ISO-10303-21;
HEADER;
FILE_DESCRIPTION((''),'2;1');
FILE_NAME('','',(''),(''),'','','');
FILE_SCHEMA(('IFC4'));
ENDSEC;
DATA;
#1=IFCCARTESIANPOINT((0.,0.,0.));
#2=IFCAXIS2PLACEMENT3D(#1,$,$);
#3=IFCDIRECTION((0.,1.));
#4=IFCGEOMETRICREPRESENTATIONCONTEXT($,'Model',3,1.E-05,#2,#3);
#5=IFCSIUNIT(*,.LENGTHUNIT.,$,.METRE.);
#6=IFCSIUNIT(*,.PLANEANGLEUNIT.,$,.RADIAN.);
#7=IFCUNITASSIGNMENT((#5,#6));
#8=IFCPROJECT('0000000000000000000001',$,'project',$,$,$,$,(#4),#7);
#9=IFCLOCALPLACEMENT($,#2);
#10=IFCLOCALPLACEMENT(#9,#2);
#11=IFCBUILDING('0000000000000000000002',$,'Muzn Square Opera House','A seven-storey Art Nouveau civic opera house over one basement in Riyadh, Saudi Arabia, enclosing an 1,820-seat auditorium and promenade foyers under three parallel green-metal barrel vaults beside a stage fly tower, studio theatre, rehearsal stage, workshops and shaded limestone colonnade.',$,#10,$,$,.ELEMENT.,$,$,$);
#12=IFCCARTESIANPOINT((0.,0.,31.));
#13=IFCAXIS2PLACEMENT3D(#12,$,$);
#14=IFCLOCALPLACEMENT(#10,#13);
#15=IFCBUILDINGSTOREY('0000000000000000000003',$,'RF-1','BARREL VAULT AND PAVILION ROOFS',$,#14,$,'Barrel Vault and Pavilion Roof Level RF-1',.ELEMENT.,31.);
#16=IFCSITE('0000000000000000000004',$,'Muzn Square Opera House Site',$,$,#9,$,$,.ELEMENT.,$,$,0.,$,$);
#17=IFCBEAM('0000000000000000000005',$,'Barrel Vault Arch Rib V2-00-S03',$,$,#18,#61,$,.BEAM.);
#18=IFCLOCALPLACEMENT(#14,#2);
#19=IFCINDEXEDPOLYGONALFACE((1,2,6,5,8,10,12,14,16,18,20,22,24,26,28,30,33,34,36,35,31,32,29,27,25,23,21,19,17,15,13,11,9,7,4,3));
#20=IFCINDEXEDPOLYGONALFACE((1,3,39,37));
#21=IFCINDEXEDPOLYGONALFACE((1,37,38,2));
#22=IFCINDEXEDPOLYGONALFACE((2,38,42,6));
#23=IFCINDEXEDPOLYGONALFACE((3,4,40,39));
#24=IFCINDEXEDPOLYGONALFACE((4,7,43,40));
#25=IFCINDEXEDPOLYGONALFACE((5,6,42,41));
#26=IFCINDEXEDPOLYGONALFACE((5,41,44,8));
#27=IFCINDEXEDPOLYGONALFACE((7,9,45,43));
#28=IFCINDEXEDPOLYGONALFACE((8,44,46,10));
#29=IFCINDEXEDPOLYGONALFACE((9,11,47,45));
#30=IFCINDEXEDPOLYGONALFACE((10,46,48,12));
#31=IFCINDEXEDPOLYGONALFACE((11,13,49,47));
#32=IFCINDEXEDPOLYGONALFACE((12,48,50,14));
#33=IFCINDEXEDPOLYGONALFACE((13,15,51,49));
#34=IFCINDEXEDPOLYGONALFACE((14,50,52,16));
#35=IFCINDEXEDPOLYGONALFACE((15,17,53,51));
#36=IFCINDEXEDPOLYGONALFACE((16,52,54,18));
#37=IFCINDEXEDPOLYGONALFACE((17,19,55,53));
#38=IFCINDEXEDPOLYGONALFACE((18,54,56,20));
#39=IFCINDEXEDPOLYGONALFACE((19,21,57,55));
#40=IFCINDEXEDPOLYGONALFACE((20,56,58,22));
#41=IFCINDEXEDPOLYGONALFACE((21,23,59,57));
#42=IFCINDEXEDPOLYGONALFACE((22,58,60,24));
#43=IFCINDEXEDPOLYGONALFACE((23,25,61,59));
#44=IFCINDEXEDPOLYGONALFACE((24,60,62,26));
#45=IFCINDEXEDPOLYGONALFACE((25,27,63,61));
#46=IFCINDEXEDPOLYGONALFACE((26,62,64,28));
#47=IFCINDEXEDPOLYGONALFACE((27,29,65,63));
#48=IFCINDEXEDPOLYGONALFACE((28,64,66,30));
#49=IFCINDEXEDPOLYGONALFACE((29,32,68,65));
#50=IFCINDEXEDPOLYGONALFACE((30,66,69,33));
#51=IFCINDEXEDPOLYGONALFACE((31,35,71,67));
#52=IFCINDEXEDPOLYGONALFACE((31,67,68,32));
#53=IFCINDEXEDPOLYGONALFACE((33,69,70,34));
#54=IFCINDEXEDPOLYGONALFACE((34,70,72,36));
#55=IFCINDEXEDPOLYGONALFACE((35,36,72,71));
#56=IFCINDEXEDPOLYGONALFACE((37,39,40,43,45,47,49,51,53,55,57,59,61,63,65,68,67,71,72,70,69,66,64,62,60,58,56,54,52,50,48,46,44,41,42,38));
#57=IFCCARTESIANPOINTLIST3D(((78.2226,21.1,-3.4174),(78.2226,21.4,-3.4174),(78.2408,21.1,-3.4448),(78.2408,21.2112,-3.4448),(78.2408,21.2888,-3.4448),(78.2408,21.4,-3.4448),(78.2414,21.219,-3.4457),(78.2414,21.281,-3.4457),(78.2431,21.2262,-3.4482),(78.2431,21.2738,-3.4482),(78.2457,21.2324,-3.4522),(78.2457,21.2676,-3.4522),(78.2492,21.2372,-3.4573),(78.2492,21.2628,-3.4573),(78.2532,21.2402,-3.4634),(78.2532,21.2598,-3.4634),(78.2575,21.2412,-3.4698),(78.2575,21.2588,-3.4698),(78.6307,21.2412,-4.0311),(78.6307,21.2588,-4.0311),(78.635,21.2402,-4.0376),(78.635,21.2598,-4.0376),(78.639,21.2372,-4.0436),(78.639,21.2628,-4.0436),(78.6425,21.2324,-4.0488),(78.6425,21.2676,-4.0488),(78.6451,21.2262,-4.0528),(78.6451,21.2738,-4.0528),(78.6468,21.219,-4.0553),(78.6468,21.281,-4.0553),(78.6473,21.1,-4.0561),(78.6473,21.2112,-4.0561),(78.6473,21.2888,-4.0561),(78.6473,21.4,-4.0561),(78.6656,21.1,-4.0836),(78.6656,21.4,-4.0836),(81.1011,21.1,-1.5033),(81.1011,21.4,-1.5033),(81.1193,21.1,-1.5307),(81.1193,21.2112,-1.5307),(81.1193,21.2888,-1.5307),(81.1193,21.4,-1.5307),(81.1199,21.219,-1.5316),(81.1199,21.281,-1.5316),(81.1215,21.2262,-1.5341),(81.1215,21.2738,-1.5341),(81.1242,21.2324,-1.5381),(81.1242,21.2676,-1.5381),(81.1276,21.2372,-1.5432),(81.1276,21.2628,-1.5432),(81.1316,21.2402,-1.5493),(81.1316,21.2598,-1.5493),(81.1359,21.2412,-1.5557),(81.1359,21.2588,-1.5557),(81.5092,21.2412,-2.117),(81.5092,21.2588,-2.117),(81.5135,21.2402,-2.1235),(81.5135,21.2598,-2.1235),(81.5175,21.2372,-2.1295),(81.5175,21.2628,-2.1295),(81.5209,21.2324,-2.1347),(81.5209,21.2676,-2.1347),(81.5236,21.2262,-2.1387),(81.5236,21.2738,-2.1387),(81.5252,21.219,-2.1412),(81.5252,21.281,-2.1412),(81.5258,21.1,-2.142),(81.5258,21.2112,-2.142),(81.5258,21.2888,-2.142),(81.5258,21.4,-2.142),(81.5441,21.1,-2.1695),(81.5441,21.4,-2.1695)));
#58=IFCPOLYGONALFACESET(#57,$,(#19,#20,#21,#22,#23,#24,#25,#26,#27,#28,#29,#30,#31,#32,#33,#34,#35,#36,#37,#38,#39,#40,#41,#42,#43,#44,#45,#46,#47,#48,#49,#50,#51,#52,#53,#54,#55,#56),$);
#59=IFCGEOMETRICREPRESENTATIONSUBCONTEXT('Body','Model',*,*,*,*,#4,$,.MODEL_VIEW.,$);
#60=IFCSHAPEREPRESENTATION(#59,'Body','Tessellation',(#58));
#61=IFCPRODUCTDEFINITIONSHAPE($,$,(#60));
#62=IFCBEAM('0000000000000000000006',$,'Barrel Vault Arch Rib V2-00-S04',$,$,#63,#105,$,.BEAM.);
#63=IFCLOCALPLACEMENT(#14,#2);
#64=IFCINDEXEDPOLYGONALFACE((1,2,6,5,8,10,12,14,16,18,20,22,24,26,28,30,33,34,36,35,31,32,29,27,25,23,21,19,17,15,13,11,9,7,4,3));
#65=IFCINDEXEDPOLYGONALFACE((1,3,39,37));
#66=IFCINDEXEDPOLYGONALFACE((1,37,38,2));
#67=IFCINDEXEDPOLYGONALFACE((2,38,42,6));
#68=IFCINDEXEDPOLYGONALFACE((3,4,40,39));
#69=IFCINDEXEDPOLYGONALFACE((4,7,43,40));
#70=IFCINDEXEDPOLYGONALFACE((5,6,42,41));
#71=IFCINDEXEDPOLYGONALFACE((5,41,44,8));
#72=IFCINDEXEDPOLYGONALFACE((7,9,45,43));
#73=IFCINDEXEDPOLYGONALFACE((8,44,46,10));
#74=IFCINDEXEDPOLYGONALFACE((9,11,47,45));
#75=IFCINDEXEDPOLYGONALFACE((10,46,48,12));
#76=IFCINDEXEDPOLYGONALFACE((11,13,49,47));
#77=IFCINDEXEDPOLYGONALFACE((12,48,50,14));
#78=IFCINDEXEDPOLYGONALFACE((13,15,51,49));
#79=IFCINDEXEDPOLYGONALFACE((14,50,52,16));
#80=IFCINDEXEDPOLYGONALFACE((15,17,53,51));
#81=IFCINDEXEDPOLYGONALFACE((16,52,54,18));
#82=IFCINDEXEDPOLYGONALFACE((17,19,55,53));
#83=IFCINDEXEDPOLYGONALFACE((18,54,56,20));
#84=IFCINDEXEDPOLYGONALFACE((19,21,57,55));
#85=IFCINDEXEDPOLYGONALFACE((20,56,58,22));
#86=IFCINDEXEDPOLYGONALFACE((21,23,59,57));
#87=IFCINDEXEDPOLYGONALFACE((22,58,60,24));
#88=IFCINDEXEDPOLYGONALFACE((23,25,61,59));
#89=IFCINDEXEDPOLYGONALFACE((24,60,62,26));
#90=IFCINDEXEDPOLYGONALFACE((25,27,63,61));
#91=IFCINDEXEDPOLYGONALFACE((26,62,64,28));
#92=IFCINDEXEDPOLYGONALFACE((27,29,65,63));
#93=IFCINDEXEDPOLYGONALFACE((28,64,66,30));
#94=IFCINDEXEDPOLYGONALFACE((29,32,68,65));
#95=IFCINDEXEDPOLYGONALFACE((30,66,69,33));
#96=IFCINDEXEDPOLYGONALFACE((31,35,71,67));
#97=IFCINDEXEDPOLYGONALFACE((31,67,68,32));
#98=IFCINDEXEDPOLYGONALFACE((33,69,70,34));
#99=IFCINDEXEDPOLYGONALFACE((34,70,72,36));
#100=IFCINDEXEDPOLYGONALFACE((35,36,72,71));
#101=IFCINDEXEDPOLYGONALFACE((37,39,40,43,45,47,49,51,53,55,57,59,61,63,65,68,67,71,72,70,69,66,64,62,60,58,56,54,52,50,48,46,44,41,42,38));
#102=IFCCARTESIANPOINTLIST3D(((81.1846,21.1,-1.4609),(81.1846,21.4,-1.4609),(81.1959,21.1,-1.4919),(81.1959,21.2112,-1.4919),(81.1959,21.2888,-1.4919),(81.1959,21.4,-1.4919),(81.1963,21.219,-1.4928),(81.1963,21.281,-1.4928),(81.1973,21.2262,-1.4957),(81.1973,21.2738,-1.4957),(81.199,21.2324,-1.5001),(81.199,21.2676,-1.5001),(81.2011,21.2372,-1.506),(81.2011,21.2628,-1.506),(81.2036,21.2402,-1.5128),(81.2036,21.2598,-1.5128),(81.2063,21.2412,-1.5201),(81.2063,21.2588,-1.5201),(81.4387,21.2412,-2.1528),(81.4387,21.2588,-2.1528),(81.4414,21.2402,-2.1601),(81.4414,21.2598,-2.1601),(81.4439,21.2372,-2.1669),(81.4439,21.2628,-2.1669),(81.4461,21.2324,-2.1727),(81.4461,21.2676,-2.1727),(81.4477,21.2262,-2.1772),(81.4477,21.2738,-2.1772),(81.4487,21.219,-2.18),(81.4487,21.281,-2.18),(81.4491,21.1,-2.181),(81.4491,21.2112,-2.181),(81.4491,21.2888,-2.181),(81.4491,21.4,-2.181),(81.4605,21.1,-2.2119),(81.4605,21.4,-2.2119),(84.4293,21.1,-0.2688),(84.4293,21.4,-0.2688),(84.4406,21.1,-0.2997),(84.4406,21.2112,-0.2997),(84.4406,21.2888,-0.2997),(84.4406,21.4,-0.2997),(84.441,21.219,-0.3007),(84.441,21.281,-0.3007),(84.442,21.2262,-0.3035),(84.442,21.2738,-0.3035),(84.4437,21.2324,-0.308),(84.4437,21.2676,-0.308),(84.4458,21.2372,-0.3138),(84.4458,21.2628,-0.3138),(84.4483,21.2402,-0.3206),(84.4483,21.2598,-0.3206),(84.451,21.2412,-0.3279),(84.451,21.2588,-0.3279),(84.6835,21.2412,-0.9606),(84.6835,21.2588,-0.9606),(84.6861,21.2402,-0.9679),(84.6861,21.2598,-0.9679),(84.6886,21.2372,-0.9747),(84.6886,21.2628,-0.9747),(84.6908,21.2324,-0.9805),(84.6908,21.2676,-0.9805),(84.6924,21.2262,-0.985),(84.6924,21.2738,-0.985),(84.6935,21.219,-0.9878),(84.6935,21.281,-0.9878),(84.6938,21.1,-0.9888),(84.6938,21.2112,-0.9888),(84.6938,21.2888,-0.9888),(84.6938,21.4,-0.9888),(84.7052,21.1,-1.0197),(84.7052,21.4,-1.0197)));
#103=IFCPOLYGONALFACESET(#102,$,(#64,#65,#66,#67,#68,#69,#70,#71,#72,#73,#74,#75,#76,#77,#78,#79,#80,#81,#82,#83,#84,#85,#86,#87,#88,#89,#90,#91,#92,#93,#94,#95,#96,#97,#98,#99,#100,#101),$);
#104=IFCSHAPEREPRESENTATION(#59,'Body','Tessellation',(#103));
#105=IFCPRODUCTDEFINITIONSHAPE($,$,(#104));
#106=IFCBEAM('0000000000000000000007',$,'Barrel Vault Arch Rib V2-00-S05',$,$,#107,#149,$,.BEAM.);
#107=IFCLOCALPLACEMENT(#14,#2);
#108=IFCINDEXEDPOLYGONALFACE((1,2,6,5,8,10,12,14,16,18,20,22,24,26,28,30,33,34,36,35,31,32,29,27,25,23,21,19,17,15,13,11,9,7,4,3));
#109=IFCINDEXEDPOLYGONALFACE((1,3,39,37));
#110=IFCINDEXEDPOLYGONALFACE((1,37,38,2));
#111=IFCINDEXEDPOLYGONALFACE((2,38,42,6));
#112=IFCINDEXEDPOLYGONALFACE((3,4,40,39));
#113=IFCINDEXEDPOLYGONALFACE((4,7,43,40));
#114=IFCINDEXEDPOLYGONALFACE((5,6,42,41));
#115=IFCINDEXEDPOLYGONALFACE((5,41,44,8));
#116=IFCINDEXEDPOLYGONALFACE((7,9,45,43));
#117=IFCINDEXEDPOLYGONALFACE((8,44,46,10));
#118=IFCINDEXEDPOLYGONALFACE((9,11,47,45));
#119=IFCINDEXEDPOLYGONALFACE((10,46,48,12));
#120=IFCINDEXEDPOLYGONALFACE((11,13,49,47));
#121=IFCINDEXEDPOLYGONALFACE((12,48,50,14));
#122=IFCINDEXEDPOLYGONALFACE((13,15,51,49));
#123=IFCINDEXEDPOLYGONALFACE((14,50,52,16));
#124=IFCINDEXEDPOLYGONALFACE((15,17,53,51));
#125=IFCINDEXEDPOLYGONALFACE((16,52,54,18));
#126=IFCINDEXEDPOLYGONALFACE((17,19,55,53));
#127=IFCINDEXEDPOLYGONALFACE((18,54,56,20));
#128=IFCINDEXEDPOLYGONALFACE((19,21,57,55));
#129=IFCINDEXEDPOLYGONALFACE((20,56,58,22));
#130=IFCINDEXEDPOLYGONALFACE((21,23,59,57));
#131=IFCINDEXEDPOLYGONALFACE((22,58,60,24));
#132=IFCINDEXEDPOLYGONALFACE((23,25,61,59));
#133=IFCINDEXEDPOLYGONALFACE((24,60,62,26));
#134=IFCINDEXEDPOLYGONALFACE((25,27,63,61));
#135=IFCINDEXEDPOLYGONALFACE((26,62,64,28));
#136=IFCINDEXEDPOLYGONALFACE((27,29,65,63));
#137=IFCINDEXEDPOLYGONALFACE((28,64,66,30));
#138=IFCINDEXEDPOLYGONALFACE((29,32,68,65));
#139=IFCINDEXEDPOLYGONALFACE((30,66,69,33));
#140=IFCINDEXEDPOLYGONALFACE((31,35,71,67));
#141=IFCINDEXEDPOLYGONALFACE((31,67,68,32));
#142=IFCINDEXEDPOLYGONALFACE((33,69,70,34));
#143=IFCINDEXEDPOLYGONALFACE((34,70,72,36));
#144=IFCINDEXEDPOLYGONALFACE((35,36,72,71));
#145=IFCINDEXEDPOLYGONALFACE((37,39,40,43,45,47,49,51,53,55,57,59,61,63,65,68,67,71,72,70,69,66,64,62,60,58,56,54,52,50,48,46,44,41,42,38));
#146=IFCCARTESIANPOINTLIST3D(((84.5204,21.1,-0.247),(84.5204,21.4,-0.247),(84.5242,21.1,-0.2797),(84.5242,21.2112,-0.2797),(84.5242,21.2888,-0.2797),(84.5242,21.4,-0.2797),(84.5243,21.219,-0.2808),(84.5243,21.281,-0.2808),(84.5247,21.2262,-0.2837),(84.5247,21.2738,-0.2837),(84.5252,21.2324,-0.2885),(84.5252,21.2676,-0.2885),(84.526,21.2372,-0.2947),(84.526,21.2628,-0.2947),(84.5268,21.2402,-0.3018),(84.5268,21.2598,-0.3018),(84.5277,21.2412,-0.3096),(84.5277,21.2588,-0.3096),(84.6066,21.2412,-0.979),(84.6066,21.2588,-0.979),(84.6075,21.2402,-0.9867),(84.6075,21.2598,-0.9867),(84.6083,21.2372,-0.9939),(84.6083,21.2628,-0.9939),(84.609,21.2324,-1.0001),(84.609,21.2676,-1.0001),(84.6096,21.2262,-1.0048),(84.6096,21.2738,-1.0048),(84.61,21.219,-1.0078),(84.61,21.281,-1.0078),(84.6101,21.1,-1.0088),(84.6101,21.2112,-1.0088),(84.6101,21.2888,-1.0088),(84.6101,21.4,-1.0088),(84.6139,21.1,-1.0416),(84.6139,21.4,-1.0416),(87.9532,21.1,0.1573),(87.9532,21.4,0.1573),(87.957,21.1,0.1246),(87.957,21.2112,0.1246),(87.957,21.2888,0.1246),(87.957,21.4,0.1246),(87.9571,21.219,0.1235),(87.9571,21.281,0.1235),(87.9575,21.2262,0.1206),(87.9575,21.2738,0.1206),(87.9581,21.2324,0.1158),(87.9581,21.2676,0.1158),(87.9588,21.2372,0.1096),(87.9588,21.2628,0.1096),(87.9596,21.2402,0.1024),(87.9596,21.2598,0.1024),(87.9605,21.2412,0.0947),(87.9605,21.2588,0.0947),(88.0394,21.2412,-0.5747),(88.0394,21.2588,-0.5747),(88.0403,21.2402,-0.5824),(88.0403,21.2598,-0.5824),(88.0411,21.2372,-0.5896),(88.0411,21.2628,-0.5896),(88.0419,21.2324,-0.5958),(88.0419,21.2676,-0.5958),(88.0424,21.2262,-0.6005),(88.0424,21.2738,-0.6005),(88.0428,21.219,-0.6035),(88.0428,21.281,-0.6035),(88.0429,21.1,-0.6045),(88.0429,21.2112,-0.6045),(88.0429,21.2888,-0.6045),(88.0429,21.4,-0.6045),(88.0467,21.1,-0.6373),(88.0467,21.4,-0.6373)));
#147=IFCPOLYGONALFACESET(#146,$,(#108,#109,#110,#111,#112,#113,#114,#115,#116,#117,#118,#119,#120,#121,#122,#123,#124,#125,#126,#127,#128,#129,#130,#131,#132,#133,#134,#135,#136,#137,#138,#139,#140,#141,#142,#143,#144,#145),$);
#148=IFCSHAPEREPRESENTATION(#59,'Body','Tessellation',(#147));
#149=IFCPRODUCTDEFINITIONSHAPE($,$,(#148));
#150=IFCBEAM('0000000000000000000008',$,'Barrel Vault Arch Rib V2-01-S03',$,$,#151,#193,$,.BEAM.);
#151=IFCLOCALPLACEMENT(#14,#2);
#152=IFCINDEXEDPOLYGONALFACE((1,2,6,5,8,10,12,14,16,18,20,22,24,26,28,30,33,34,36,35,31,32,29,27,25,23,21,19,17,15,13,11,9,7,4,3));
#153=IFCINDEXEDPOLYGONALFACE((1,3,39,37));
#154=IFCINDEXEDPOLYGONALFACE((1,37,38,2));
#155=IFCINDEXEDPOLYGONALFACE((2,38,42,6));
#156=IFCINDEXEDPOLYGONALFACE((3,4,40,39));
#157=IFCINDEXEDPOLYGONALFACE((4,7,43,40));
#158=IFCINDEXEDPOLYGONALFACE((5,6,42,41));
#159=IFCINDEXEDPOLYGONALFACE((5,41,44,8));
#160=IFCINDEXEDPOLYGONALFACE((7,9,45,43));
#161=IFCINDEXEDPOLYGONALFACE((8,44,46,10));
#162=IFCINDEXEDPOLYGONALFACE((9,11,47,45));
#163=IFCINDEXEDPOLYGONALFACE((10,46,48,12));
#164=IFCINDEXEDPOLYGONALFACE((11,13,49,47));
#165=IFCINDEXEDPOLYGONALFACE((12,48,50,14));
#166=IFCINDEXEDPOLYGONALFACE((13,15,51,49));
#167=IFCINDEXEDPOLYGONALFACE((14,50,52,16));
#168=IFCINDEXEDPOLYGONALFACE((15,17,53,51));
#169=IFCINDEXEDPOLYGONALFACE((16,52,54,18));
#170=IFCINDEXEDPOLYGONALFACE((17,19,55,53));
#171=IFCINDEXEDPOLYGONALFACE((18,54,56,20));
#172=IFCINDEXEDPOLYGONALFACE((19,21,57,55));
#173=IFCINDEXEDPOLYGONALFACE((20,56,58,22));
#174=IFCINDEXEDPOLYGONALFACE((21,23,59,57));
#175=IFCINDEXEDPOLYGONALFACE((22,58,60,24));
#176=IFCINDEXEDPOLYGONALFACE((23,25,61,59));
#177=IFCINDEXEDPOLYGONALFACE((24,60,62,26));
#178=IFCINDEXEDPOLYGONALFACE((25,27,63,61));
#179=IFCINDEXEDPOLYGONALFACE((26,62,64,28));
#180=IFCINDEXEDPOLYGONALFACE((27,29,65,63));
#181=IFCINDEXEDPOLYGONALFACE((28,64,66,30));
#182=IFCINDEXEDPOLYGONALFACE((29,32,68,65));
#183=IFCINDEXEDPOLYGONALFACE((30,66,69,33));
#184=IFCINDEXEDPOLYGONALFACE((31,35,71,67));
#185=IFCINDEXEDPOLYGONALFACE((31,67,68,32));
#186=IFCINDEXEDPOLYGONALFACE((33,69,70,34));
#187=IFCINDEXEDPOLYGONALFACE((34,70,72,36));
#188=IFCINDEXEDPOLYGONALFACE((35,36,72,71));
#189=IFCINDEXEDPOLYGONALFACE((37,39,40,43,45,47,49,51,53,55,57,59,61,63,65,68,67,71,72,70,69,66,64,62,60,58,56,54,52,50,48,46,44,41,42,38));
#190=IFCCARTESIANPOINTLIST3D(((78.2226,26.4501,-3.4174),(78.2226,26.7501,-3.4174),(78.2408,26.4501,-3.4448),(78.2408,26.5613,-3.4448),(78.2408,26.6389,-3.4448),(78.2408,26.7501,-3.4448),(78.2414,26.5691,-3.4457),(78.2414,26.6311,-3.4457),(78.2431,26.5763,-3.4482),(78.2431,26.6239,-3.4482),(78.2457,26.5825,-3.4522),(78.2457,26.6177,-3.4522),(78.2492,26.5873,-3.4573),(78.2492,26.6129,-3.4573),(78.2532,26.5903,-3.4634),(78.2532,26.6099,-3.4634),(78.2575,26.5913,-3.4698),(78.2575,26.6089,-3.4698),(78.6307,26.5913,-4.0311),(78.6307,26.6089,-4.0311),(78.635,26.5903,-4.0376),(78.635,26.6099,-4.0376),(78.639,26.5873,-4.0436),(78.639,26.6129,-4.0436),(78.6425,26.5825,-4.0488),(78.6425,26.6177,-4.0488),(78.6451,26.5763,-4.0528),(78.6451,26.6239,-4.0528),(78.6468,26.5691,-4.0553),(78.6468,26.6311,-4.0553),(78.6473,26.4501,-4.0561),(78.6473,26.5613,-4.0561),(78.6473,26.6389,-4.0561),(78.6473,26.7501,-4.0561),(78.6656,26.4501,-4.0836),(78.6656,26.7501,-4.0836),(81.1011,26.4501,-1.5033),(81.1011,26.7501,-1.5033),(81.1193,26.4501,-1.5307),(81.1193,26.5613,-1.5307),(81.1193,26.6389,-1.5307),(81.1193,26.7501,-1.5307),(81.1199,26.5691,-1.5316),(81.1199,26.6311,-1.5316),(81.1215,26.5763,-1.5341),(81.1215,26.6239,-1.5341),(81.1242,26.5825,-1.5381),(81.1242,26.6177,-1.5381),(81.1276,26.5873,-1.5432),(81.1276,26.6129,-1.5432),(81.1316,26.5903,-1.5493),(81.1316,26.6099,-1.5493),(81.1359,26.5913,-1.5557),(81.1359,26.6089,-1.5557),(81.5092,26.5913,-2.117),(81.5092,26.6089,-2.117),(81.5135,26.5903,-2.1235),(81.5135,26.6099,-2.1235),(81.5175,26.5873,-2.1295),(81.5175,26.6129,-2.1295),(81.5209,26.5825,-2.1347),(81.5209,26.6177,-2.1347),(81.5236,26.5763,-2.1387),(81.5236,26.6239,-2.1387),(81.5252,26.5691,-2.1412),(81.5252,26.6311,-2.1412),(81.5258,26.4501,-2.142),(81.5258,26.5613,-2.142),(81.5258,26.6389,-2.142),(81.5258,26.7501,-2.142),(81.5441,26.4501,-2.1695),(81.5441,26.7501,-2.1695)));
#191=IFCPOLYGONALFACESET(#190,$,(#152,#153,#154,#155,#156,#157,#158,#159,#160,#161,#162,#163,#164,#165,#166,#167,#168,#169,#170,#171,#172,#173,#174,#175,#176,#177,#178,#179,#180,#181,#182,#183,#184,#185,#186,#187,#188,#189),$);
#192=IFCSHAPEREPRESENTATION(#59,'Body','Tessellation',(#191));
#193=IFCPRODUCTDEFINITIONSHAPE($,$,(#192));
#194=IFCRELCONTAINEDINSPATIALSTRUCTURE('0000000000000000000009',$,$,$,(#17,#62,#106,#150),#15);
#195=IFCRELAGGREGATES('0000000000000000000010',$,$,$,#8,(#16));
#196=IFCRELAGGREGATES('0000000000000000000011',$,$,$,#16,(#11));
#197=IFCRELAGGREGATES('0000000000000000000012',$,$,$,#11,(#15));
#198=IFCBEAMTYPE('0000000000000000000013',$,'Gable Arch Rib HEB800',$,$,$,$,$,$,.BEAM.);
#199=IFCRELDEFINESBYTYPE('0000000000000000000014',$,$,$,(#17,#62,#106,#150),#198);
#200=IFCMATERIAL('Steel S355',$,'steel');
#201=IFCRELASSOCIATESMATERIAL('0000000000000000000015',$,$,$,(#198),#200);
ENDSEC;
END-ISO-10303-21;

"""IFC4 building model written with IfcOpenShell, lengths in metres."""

from ifc_helpers import new_model, si_unit, direction, frame, origin, origin_2d, place, context, subcontext, project, spatial, i_section, extrude, material, material_profile, profile_set, type_object, element, save


model = new_model("IFC4")

# Units and contexts
model_context = context("Model", 3, precision=1e-05, world=origin(), true_north=direction((0.0, 1.0)))
body_context = subcontext(model_context, "Body", "Model", "MODEL_VIEW")
ifc_project = project(units=[si_unit("LENGTHUNIT", "METRE"), si_unit("PLANEANGLEUNIT", "RADIAN")], contexts=[model_context])

# Site, building, storey
site_placement = place(None, origin())
site = spatial("IfcSite", under=ifc_project, at=site_placement, Name="Muzn Square Opera House Site", CompositionType="ELEMENT", RefElevation=0.0)
building_placement = place(site_placement, origin())
building = spatial("IfcBuilding", under=site, at=building_placement, Name="Muzn Square Opera House", Description="A seven-storey Art Nouveau civic opera house over one basement in Riyadh, Saudi Arabia, enclosing an 1,820-seat auditorium and promenade foyers under three parallel green-metal barrel vaults beside a stage fly tower, studio theatre, rehearsal stage, workshops and shaded limestone colonnade.", CompositionType="ELEMENT")
storey_placement = place(building_placement, frame((0.0, 0.0, 31.0)))
storey = spatial("IfcBuildingStorey", under=building, at=storey_placement, Name="RF-1", Description="BARREL VAULT AND PAVILION ROOFS", LongName="Barrel Vault and Pavilion Roof Level RF-1", CompositionType="ELEMENT", Elevation=31.0)

# Beams
ifc_material_1 = material(Name="Steel S355", Category="steel")
ifc_material_profile_1 = material_profile(ifc_material_1, i_section(OverallWidth=0.3, OverallDepth=0.8, WebThickness=0.0176, FlangeThickness=0.033, FilletRadius=0.03, at=origin_2d()), Name="HEB 800", Category="steel")
ifc_profile_set_1 = profile_set([ifc_material_profile_1], Name="Steel S355")
beam_type_1 = type_object("IfcBeamType", Name="Gable Arch Rib HEB800", PredefinedType="BEAM", material=ifc_profile_set_1)
for number, where, z_axis, x_axis, name in (
    (1, (78.4441, 21.25, -3.7505), (0.832702, 0.0, 0.553722), (0.0, 1.0, 0.0), "Barrel Vault Arch Rib V2-00-S03"),
    (2, (81.3225, 21.25, -1.8364), (0.938648, 0.0, 0.344877), (0.0, 1.0, 0.0), "Barrel Vault Arch Rib V2-00-S04"),
):
    element("IfcBeam", number, at=place(storey_placement, frame(where, z_axis=z_axis, x_axis=x_axis)), inside=storey, type_object=beam_type_1, Name=name, PredefinedType="BEAM", context=body_context, shape_type="SweptSolid", body=[
        extrude(i_section(OverallWidth=0.3, OverallDepth=0.8, WebThickness=0.0176, FlangeThickness=0.033, FilletRadius=0.03, at=origin_2d()), origin(), (0.0, 0.0, 1.0), 3.4568),
    ])
beam_1_placement = place(storey_placement, frame((84.5671, 21.25, -0.6443), z_axis=(0.993136, 0.0, 0.116964), x_axis=(0.0, 1.0, 0.0)))
element("IfcBeam", 3, at=beam_1_placement, inside=storey, type_object=beam_type_1, Name="Barrel Vault Arch Rib V2-00-S05", PredefinedType="BEAM", context=body_context, shape_type="SweptSolid", body=[
    extrude(i_section(OverallWidth=0.3, OverallDepth=0.8, WebThickness=0.0176, FlangeThickness=0.033, FilletRadius=0.03, at=origin_2d()), origin(), (0.0, 0.0, 1.0), 3.4565),
])
for number, where, z_axis, x_axis, name in (
    (4, (78.4441, 26.6001, -3.7505), (0.832702, 0.0, 0.553722), (0.0, 1.0, 0.0), "Barrel Vault Arch Rib V2-01-S03"),
):
    element("IfcBeam", number, at=place(storey_placement, frame(where, z_axis=z_axis, x_axis=x_axis)), inside=storey, type_object=beam_type_1, Name=name, PredefinedType="BEAM", context=body_context, shape_type="SweptSolid", body=[
        extrude(i_section(OverallWidth=0.3, OverallDepth=0.8, WebThickness=0.0176, FlangeThickness=0.033, FilletRadius=0.03, at=origin_2d()), origin(), (0.0, 0.0, 1.0), 3.4568),
    ])

save(model, "model.ifc")
